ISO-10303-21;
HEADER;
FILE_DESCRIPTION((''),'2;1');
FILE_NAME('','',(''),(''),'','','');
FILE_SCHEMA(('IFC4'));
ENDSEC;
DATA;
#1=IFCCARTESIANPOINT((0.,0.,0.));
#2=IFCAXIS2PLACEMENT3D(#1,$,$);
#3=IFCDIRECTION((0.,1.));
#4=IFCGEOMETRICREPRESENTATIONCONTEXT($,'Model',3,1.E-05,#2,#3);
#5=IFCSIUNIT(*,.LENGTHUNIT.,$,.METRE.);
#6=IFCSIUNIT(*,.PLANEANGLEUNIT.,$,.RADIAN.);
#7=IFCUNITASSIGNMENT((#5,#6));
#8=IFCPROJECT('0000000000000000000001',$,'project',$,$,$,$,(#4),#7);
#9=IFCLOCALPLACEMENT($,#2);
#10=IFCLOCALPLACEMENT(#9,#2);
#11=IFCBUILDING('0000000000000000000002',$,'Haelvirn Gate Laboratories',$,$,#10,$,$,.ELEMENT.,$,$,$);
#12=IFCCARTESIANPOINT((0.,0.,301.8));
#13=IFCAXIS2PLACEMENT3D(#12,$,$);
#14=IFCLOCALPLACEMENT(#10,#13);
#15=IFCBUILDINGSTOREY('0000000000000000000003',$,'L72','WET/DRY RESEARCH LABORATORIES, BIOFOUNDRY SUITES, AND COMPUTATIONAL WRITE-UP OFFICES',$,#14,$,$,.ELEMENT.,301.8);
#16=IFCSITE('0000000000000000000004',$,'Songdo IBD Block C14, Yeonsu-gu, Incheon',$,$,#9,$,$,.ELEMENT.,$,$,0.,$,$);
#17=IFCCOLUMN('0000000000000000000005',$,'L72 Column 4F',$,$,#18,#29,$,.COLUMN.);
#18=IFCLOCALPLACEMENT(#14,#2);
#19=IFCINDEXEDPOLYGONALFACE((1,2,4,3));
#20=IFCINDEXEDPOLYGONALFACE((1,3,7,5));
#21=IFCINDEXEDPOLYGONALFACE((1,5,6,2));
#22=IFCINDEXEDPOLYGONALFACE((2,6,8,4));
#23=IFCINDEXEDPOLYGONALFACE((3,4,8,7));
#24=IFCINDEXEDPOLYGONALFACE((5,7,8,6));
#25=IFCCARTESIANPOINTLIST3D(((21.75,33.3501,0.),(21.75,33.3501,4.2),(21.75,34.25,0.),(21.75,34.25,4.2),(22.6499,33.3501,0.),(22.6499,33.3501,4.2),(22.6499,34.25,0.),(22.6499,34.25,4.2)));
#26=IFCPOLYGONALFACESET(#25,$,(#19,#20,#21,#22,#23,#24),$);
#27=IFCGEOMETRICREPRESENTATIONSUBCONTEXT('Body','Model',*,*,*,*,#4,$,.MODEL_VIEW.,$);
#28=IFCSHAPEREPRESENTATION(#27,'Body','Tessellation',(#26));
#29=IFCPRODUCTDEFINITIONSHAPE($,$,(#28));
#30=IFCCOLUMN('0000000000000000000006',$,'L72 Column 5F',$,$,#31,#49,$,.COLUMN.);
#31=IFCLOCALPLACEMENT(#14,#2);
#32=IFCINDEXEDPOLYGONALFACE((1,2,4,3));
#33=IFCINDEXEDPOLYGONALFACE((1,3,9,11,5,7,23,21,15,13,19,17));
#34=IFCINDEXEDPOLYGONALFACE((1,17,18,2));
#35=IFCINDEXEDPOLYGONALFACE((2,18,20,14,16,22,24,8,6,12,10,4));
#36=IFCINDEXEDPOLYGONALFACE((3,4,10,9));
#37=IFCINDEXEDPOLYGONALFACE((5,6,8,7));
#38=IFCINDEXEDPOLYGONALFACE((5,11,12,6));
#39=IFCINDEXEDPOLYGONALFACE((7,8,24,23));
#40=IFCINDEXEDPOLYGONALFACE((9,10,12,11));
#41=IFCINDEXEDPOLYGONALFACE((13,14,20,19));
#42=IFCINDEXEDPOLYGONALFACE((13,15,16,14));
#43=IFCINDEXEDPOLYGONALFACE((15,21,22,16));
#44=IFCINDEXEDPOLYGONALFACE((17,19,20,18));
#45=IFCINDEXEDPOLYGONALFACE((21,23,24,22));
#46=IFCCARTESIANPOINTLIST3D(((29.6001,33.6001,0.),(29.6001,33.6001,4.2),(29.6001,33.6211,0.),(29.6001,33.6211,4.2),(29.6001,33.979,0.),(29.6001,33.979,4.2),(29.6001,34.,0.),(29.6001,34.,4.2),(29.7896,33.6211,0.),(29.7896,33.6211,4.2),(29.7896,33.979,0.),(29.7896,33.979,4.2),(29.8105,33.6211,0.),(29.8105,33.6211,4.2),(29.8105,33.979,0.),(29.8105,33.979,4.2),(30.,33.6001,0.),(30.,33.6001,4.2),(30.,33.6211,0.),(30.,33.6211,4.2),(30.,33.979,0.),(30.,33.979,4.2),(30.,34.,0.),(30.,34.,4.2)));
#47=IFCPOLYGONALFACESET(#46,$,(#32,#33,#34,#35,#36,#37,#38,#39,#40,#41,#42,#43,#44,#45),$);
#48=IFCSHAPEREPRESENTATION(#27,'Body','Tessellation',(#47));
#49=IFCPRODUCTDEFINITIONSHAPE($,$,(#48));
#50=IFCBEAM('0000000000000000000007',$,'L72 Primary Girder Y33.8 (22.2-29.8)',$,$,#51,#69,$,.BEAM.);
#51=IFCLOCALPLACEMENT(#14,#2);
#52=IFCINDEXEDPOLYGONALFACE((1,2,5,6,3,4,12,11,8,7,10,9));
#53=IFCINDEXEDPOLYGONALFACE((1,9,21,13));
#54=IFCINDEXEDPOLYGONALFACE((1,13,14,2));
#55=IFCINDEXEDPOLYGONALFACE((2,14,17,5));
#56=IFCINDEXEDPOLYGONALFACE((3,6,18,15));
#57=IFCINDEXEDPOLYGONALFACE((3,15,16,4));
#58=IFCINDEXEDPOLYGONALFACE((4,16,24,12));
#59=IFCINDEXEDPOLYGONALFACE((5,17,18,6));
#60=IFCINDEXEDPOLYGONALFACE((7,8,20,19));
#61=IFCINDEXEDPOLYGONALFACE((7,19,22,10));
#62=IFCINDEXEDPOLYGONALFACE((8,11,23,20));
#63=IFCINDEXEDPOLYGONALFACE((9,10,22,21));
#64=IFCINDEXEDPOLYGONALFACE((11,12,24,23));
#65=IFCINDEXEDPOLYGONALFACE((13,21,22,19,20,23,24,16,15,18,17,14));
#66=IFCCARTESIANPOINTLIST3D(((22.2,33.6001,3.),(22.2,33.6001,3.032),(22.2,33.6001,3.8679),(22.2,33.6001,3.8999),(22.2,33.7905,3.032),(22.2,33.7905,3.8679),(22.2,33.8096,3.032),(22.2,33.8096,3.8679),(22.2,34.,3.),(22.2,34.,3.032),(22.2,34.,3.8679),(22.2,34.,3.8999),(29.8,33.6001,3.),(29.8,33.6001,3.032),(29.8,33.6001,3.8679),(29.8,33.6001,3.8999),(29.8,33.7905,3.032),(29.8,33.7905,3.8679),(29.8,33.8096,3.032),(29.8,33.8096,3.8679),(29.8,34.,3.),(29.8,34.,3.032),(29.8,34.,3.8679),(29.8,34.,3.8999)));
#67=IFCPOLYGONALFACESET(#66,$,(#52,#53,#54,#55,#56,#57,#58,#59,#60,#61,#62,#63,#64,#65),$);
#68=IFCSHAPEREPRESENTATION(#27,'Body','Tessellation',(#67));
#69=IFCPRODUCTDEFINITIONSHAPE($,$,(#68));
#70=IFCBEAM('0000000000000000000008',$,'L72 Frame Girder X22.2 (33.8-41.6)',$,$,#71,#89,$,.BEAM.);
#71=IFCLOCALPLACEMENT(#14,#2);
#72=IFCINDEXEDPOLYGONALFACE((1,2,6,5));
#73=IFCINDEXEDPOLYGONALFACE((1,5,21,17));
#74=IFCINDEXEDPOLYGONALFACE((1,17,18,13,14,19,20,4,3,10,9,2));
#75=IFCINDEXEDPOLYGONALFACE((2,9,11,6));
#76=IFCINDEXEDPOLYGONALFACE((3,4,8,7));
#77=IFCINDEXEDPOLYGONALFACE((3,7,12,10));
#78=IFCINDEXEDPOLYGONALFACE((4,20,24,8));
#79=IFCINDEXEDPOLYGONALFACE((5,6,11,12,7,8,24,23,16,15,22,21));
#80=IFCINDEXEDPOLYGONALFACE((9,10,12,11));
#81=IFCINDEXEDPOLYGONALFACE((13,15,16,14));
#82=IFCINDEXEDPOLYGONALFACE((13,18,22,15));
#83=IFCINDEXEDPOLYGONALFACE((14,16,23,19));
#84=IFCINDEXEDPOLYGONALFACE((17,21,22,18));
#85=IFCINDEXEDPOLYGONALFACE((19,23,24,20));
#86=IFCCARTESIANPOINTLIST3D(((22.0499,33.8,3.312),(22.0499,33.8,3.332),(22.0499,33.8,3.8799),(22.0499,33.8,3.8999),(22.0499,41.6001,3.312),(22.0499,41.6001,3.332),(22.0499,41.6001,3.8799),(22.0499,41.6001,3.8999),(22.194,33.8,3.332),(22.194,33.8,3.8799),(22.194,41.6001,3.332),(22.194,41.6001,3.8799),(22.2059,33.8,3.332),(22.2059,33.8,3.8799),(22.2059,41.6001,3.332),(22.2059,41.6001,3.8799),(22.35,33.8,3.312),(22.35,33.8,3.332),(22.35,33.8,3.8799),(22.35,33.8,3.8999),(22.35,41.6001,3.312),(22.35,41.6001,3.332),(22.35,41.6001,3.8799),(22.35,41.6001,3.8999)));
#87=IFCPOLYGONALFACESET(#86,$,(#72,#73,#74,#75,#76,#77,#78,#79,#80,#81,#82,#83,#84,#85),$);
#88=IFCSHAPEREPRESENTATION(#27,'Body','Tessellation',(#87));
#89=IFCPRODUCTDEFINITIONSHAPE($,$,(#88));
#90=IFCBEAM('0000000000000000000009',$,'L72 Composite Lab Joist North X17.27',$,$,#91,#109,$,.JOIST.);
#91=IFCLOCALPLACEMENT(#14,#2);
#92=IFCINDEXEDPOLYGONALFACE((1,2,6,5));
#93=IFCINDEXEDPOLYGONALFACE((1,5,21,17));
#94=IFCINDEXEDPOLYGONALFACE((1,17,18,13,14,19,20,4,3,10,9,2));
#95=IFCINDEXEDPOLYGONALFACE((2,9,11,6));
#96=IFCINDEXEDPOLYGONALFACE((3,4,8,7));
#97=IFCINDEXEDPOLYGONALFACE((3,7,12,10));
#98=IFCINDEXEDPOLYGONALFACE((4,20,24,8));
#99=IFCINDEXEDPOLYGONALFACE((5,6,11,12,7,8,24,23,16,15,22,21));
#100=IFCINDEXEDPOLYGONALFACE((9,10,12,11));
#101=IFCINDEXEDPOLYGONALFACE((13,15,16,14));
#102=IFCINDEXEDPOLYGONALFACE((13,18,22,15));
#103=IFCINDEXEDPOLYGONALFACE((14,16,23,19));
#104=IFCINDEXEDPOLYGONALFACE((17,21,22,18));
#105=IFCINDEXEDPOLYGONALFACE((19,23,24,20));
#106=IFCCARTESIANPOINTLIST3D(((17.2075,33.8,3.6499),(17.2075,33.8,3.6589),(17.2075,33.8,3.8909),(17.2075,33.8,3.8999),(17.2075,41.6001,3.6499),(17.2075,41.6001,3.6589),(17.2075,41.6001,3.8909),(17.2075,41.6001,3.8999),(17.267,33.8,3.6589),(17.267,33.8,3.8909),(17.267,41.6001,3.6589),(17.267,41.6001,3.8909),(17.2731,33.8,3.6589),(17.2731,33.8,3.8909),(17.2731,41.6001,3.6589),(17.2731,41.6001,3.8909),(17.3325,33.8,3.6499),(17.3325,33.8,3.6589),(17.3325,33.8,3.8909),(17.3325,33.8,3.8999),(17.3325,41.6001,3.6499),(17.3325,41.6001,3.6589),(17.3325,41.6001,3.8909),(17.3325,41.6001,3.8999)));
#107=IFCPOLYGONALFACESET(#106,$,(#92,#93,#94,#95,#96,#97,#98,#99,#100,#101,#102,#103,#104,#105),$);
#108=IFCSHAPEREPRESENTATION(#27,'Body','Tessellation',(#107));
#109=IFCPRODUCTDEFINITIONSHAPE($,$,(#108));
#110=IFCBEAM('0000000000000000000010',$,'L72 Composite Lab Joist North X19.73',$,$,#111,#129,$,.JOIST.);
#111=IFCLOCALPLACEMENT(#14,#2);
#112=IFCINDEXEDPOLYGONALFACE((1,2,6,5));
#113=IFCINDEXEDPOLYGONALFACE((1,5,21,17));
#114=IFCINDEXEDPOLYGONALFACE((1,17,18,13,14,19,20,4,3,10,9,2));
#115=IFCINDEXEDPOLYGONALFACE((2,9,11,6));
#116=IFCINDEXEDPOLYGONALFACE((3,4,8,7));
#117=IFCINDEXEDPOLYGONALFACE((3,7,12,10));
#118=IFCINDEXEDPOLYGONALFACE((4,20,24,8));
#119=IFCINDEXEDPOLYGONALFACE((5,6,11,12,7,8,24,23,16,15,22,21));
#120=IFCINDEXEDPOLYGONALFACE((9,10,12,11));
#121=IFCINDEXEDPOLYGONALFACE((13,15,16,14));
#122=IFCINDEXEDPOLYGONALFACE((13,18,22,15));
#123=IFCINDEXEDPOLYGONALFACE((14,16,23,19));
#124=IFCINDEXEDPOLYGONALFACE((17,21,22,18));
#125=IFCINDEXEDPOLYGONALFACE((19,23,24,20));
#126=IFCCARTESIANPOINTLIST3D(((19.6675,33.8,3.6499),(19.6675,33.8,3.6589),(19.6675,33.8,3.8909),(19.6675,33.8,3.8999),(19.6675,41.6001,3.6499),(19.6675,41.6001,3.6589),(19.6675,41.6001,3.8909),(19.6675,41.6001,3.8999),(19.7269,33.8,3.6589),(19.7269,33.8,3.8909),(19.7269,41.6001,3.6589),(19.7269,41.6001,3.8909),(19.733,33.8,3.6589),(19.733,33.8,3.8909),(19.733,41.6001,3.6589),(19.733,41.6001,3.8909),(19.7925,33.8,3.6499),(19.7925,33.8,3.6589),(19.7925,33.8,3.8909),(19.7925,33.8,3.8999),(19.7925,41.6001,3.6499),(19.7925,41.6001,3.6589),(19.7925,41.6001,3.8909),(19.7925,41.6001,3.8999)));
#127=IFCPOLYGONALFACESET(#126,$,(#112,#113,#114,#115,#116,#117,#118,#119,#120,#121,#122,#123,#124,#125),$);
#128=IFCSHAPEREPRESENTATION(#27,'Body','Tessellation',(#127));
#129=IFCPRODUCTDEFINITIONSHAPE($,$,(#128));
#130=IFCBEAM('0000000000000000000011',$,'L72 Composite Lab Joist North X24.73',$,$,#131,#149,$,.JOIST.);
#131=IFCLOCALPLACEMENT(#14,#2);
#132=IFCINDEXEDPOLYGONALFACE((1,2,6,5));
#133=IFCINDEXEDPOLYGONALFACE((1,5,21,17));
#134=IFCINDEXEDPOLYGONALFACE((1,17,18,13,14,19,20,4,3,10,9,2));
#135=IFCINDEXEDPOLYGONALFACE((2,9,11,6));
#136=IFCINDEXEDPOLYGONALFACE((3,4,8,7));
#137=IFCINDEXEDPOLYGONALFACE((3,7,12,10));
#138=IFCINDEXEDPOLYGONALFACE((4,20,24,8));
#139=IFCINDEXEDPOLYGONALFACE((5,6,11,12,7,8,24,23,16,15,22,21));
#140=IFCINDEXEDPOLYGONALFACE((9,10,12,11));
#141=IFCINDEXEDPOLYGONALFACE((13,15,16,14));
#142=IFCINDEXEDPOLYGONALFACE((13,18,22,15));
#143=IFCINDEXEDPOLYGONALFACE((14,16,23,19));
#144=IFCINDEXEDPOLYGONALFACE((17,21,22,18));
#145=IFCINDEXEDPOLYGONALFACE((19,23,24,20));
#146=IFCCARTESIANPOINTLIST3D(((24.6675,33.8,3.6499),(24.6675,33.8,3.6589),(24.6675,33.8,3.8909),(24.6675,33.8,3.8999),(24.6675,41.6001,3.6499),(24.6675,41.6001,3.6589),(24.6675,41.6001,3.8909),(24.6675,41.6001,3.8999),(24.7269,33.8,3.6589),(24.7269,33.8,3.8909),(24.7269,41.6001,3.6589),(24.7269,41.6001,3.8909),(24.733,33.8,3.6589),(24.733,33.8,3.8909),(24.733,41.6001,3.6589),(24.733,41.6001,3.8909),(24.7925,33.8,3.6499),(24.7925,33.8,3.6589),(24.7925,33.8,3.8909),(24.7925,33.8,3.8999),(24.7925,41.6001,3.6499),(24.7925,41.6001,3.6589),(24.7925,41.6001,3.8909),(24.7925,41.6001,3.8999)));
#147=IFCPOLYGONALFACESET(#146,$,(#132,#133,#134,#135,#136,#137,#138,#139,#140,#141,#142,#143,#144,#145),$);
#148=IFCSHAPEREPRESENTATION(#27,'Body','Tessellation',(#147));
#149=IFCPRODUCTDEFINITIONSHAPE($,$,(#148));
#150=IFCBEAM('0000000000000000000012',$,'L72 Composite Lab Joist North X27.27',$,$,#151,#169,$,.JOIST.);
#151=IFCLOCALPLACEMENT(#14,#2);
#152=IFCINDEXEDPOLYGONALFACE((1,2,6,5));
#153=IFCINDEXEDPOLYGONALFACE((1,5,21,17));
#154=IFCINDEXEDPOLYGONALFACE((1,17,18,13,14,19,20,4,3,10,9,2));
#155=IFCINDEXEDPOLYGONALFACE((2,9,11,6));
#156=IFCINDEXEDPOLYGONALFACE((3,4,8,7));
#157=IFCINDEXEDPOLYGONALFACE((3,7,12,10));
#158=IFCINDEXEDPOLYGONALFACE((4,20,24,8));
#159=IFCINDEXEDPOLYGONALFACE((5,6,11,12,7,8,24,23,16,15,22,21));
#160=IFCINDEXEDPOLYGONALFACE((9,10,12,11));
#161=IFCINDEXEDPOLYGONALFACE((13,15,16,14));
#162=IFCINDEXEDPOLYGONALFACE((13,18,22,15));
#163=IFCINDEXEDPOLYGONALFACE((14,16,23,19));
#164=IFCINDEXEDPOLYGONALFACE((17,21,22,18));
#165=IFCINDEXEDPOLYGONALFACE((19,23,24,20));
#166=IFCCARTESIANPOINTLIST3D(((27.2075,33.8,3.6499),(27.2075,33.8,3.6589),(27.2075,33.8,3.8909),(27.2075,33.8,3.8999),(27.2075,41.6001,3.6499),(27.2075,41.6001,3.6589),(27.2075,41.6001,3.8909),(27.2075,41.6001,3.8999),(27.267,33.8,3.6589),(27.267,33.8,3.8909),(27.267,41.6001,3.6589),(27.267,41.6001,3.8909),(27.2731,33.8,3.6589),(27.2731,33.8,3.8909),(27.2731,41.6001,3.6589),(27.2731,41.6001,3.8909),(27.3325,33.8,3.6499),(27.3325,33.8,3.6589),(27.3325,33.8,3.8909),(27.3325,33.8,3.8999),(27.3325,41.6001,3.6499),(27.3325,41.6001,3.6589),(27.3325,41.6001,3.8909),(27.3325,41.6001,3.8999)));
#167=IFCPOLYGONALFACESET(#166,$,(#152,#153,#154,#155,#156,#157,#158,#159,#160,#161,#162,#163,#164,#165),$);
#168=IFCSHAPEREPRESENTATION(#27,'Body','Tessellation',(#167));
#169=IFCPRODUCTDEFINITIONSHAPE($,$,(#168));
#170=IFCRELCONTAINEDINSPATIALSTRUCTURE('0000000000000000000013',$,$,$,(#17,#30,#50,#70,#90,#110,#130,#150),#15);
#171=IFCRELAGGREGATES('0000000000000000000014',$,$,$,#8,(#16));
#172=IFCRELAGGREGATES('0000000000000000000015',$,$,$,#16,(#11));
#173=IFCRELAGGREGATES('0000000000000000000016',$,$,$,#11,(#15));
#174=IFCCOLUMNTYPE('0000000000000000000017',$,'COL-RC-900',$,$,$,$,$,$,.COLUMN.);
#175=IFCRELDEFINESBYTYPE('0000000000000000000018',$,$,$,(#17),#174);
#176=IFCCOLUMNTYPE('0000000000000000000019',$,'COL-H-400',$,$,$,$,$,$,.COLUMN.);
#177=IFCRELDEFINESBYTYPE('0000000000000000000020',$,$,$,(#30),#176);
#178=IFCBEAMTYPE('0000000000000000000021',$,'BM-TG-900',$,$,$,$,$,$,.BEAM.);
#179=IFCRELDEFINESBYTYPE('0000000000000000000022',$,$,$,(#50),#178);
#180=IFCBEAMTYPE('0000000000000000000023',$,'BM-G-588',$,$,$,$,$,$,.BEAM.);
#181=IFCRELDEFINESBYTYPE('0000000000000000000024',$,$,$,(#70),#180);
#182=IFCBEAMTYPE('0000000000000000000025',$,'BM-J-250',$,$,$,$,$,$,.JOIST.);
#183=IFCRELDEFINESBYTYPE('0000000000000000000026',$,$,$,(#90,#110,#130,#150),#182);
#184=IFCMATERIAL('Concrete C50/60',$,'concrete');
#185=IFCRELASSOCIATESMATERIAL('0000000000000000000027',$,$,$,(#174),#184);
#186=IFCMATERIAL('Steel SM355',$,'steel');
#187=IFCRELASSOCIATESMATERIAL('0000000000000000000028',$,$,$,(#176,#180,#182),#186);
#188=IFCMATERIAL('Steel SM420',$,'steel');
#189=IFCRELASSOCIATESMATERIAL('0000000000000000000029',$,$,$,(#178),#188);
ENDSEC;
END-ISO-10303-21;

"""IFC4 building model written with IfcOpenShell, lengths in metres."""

from ifc_helpers import new_model, si_unit, direction, frame, origin, origin_2d, place, context, subcontext, project, spatial, rectangle, i_section, extrude, source, transform, mapped, material, material_profile, profile_set, type_object, type_shapes, element, save


model = new_model("IFC4")

# Units and contexts
model_context = context("Model", 3, precision=1e-05, world=origin(), true_north=direction((0.0, 1.0)))
body_context = subcontext(model_context, "Body", "Model", "MODEL_VIEW")
ifc_project = project(units=[si_unit("LENGTHUNIT", "METRE"), si_unit("PLANEANGLEUNIT", "RADIAN")], contexts=[model_context])

# Site, building, storey
site_placement = place(None, origin())
site = spatial("IfcSite", under=ifc_project, at=site_placement, Name="Songdo IBD Block C14, Yeonsu-gu, Incheon", CompositionType="ELEMENT", RefElevation=0.0)
building_placement = place(site_placement, origin())
building = spatial("IfcBuilding", under=site, at=building_placement, Name="Haelvirn Gate Laboratories", CompositionType="ELEMENT")
storey_placement = place(building_placement, frame((0.0, 0.0, 301.8)))
storey = spatial("IfcBuildingStorey", under=building, at=storey_placement, Name="L72", Description="WET/DRY RESEARCH LABORATORIES, BIOFOUNDRY SUITES, AND COMPUTATIONAL WRITE-UP OFFICES", CompositionType="ELEMENT", Elevation=301.8)

# Columns
ifc_material_1 = material(Name="Concrete C50/60", Category="concrete")
ifc_material_profile_1 = material_profile(ifc_material_1, rectangle(XDim=0.8999, YDim=0.8999, at=origin_2d()), Name="RC-900x900")
ifc_profile_set_1 = profile_set([ifc_material_profile_1], Name="Concrete C50/60")
column_type_1 = type_object("IfcColumnType", Name="COL-RC-900", PredefinedType="COLUMN", material=ifc_profile_set_1)
shared_shape_1 = source(origin(), body_context, "Body", "SweptSolid", [
    extrude(rectangle(XDim=0.8999, YDim=0.8999, at=origin_2d()), origin(), (0.0, 0.0, 1.0), 4.2),
])
type_shapes(column_type_1, [shared_shape_1])
column_1_placement = place(storey_placement, frame((22.2, 33.8, 0.0), z_axis=(0.0, 0.0, 1.0), x_axis=(1.0, 0.0, 0.0)))
element("IfcColumn", 1, at=column_1_placement, inside=storey, type_object=column_type_1, Name="L72 Column 4F", PredefinedType="COLUMN", context=body_context, shape_type="MappedRepresentation", body=[
    mapped(shared_shape_1, transform((0.0, 0.0, 0.0), scale=1.0)),
])
ifc_material_2 = material(Name="Steel SM355", Category="steel")
ifc_material_profile_2 = material_profile(ifc_material_2, i_section(OverallWidth=0.3999, OverallDepth=0.3999, WebThickness=0.021, FlangeThickness=0.021, at=origin_2d()), Name="H-400x400x21x21")
ifc_profile_set_2 = profile_set([ifc_material_profile_2], Name="Steel SM355")
column_type_2 = type_object("IfcColumnType", Name="COL-H-400", PredefinedType="COLUMN", material=ifc_profile_set_2)
shared_shape_2 = source(origin(), body_context, "Body", "SweptSolid", [
    extrude(i_section(OverallWidth=0.3999, OverallDepth=0.3999, WebThickness=0.021, FlangeThickness=0.021, at=origin_2d()), origin(), (0.0, 0.0, 1.0), 4.2),
])
type_shapes(column_type_2, [shared_shape_2])
column_2_placement = place(storey_placement, frame((29.8, 33.8, 0.0), z_axis=(0.0, 0.0, 1.0), x_axis=(1.0, 0.0, 0.0)))
element("IfcColumn", 2, at=column_2_placement, inside=storey, type_object=column_type_2, Name="L72 Column 5F", PredefinedType="COLUMN", context=body_context, shape_type="MappedRepresentation", body=[
    mapped(shared_shape_2, transform((0.0, 0.0, 0.0), scale=1.0)),
])

# Beams
ifc_material_3 = material(Name="Steel SM420", Category="steel")
ifc_material_profile_3 = material_profile(ifc_material_3, i_section(OverallWidth=0.3999, OverallDepth=0.8999, WebThickness=0.019, FlangeThickness=0.032, at=origin_2d()), Name="H-900x400x19x32")
ifc_profile_set_3 = profile_set([ifc_material_profile_3], Name="Steel SM420")
beam_type_1 = type_object("IfcBeamType", Name="BM-TG-900", PredefinedType="BEAM", material=ifc_profile_set_3)
shared_shape_3 = source(origin(), body_context, "Body", "SweptSolid", [
    extrude(i_section(OverallWidth=0.3999, OverallDepth=0.8999, WebThickness=0.019, FlangeThickness=0.032, at=origin_2d()), origin(), (0.0, 0.0, 1.0), 7.6001),
])
type_shapes(beam_type_1, [shared_shape_3])
beam_1_placement = place(storey_placement, frame((22.2, 33.8, 3.45), z_axis=(1.0, 0.0, 0.0), x_axis=(0.0, 1.0, 0.0)))
element("IfcBeam", 3, at=beam_1_placement, inside=storey, type_object=beam_type_1, Name="L72 Primary Girder Y33.8 (22.2-29.8)", PredefinedType="BEAM", context=body_context, shape_type="MappedRepresentation", body=[
    mapped(shared_shape_3, transform((0.0, 0.0, 0.0), scale=1.0)),
])
ifc_material_profile_4 = material_profile(ifc_material_2, i_section(OverallWidth=0.3, OverallDepth=0.5879, WebThickness=0.012, FlangeThickness=0.02, at=origin_2d()), Name="H-588x300x12x20")
ifc_profile_set_4 = profile_set([ifc_material_profile_4], Name="Steel SM355")
beam_type_2 = type_object("IfcBeamType", Name="BM-G-588", PredefinedType="BEAM", material=ifc_profile_set_4)
shared_shape_4 = source(origin(), body_context, "Body", "SweptSolid", [
    extrude(i_section(OverallWidth=0.3, OverallDepth=0.5879, WebThickness=0.012, FlangeThickness=0.02, at=origin_2d()), origin(), (0.0, 0.0, 1.0), 7.8),
])
type_shapes(beam_type_2, [shared_shape_4])
beam_2_placement = place(storey_placement, frame((22.2, 33.8, 3.606), z_axis=(0.0, 1.0, 0.0), x_axis=(-1.0, 0.0, 0.0)))
element("IfcBeam", 4, at=beam_2_placement, inside=storey, type_object=beam_type_2, Name="L72 Frame Girder X22.2 (33.8-41.6)", PredefinedType="BEAM", context=body_context, shape_type="MappedRepresentation", body=[
    mapped(shared_shape_4, transform((0.0, 0.0, 0.0), scale=1.0)),
])
ifc_material_profile_5 = material_profile(ifc_material_2, i_section(OverallWidth=0.125, OverallDepth=0.25, WebThickness=0.0061, FlangeThickness=0.009, at=origin_2d()), Name="H-250x125x6x9")
ifc_profile_set_5 = profile_set([ifc_material_profile_5], Name="Steel SM355")
beam_type_3 = type_object("IfcBeamType", Name="BM-J-250", PredefinedType="JOIST", material=ifc_profile_set_5)
shared_shape_5 = source(origin(), body_context, "Body", "SweptSolid", [
    extrude(i_section(OverallWidth=0.125, OverallDepth=0.25, WebThickness=0.0061, FlangeThickness=0.009, at=origin_2d()), origin(), (0.0, 0.0, 1.0), 7.8),
])
type_shapes(beam_type_3, [shared_shape_5])
for number, where, z_axis, x_axis, name in (
    (5, (17.27, 33.8, 3.7749), (0.0, 1.0, 0.0), (-1.0, 0.0, 0.0), "L72 Composite Lab Joist North X17.27"),
    (6, (19.73, 33.8, 3.7749), (0.0, 1.0, 0.0), (-1.0, 0.0, 0.0), "L72 Composite Lab Joist North X19.73"),
    (7, (24.73, 33.8, 3.7749), (0.0, 1.0, 0.0), (-1.0, 0.0, 0.0), "L72 Composite Lab Joist North X24.73"),
    (8, (27.27, 33.8, 3.7749), (0.0, 1.0, 0.0), (-1.0, 0.0, 0.0), "L72 Composite Lab Joist North X27.27"),
):
    element("IfcBeam", number, at=place(storey_placement, frame(where, z_axis=z_axis, x_axis=x_axis)), inside=storey, type_object=beam_type_3, Name=name, PredefinedType="JOIST", context=body_context, shape_type="MappedRepresentation", body=[
        mapped(shared_shape_5, transform((0.0, 0.0, 0.0), scale=1.0)),
    ])

save(model, "model.ifc")
